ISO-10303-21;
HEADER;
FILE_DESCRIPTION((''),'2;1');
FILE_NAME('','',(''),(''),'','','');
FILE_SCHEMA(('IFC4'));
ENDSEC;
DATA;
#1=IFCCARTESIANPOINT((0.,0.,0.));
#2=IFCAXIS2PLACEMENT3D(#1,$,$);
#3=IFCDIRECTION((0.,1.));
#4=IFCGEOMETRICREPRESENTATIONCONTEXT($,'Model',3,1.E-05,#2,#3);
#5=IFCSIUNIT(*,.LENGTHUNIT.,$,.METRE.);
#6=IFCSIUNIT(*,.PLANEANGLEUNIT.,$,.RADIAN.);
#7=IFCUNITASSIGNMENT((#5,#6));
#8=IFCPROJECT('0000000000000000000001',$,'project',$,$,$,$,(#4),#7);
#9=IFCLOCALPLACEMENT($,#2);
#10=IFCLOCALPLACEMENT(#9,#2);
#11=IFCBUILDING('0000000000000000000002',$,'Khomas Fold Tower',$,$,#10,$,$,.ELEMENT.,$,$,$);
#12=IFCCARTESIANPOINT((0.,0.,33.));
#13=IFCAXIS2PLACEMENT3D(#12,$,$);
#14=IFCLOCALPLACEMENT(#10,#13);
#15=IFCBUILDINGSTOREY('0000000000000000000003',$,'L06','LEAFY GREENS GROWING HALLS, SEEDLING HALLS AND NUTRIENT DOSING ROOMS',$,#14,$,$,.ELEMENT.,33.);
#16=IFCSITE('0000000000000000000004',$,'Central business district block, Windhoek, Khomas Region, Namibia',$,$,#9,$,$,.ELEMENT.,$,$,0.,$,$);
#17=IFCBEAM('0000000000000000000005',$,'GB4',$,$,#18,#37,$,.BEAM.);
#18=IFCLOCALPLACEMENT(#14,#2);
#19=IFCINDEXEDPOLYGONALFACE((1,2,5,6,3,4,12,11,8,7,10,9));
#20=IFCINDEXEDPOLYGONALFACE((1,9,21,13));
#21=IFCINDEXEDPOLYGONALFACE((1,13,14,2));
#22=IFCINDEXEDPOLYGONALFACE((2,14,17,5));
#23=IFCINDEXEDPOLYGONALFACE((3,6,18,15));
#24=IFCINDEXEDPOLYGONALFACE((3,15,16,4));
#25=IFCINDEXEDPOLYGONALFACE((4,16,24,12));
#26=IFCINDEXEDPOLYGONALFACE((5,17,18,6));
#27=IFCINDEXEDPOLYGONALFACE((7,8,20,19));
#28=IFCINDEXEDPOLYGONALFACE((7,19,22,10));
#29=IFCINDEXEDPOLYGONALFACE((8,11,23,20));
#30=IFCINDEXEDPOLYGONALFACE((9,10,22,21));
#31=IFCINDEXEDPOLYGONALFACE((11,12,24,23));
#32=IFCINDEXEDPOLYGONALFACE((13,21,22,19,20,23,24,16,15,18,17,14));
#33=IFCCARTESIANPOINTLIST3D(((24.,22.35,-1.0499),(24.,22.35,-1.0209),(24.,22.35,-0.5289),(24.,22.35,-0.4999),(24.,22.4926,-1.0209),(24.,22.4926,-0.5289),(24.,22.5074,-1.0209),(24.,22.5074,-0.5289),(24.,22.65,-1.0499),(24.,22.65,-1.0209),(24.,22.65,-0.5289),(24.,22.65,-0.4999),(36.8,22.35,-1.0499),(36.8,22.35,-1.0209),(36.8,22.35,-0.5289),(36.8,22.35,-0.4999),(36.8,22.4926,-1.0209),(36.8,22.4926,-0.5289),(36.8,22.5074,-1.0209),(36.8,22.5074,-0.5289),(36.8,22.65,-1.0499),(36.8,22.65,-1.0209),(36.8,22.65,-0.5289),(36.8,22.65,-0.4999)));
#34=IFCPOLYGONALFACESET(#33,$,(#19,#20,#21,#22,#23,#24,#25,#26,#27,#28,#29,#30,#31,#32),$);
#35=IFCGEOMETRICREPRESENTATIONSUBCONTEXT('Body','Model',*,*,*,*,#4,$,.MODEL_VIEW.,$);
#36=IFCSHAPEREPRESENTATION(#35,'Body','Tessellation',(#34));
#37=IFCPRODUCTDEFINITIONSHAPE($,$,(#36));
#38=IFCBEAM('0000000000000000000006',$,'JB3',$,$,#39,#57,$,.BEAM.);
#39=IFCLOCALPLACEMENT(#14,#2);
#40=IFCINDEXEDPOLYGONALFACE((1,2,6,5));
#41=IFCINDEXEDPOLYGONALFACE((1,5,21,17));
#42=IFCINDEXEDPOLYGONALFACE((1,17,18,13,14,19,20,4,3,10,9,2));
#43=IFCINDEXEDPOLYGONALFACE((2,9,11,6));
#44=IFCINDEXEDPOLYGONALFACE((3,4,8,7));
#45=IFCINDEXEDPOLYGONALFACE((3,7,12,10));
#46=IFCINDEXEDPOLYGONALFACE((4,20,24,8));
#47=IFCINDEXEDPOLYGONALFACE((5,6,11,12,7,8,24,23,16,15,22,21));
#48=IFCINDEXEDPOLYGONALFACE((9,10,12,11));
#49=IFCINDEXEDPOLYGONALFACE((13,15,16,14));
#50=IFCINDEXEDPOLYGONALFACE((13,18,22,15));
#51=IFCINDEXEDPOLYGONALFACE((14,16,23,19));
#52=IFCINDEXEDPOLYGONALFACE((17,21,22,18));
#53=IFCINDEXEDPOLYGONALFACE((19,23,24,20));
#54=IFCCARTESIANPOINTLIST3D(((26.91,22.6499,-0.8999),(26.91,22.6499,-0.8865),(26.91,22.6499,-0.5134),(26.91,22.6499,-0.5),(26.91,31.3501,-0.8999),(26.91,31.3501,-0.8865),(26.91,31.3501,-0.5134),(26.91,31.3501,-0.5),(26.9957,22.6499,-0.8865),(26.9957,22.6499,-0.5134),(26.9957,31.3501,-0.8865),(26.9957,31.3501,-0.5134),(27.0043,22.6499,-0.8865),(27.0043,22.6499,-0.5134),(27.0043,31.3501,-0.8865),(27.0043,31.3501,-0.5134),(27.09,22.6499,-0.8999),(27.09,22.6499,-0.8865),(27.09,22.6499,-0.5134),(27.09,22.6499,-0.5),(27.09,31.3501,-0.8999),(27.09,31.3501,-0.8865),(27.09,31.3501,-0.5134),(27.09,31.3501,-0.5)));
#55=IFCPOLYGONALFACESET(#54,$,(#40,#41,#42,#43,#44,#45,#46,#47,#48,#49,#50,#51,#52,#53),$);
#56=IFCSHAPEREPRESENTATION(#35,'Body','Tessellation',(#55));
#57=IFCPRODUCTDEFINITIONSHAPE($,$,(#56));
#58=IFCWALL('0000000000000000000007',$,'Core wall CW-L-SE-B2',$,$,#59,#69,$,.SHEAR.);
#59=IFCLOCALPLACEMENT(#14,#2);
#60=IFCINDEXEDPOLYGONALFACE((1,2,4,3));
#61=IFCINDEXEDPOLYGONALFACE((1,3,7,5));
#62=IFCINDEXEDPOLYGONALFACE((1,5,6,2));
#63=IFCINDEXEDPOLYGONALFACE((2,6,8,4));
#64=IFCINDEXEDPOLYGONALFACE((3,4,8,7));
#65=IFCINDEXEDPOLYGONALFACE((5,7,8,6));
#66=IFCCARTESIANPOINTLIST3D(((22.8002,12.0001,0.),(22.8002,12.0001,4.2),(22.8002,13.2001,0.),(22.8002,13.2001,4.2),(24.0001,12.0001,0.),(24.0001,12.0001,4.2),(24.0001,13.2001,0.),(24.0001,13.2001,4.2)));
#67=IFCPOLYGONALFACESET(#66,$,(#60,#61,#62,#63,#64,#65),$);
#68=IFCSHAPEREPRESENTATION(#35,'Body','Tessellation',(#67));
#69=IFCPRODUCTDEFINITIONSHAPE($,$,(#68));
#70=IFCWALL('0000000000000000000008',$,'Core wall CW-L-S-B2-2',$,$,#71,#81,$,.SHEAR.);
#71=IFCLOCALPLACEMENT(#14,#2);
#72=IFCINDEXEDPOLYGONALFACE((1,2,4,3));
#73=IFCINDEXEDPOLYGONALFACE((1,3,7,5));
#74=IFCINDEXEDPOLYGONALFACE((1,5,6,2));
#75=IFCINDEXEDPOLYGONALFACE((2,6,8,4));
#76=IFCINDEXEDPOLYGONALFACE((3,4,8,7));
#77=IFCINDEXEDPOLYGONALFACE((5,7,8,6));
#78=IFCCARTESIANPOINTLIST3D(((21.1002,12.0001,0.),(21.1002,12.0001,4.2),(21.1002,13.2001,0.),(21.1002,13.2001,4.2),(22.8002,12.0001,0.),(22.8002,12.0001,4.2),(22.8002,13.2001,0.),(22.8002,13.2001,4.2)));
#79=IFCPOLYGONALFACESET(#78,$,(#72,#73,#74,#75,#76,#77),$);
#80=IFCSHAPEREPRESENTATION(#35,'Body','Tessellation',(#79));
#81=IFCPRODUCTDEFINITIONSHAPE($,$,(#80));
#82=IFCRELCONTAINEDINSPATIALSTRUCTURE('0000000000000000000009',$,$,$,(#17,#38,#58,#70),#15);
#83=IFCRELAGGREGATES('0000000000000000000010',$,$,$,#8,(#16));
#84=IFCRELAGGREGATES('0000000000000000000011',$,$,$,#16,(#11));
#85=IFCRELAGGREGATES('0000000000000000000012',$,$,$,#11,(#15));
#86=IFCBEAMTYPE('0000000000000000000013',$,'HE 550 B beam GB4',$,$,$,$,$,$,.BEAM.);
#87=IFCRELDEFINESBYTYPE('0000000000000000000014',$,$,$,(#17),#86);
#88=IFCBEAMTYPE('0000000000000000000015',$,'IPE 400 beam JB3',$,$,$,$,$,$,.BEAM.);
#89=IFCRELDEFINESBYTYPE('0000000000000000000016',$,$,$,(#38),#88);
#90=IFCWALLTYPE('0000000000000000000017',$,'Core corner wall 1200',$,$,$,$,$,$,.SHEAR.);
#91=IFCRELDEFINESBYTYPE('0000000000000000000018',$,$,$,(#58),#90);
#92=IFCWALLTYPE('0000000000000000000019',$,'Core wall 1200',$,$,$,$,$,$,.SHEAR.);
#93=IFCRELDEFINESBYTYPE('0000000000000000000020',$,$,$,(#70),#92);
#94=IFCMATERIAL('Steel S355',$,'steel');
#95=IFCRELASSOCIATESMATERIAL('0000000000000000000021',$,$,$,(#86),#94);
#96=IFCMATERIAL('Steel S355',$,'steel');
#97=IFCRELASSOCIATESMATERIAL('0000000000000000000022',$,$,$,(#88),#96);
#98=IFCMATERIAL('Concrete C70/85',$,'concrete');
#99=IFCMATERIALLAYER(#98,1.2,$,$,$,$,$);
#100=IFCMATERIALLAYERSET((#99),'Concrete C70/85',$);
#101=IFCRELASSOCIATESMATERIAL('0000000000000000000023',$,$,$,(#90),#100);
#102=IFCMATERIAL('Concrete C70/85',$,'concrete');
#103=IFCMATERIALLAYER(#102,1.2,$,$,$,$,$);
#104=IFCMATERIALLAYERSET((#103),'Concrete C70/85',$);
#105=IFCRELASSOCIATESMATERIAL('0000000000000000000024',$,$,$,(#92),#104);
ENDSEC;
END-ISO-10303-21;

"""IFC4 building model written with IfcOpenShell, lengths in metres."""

from ifc_helpers import new_model, si_unit, direction, frame, frame_2d, origin, origin_2d, place, context, subcontext, project, spatial, rectangle, i_section, extrude, source, transform, mapped, material, layer, layer_set, material_profile, profile_set, type_object, element, save


model = new_model("IFC4")

# Units and contexts
model_context = context("Model", 3, precision=1e-05, world=origin(), true_north=direction((0.0, 1.0)))
body_context = subcontext(model_context, "Body", "Model", "MODEL_VIEW")
ifc_project = project(units=[si_unit("LENGTHUNIT", "METRE"), si_unit("PLANEANGLEUNIT", "RADIAN")], contexts=[model_context])

# Site, building, storey
site_placement = place(None, origin())
site = spatial("IfcSite", under=ifc_project, at=site_placement, Name="Central business district block, Windhoek, Khomas Region, Namibia", CompositionType="ELEMENT", RefElevation=0.0)
building_placement = place(site_placement, origin())
building = spatial("IfcBuilding", under=site, at=building_placement, Name="Khomas Fold Tower", CompositionType="ELEMENT")
storey_placement = place(building_placement, frame((0.0, 0.0, 33.0)))
storey = spatial("IfcBuildingStorey", under=building, at=storey_placement, Name="L06", Description="LEAFY GREENS GROWING HALLS, SEEDLING HALLS AND NUTRIENT DOSING ROOMS", CompositionType="ELEMENT", Elevation=33.0)

# Beams
ifc_material_1 = material(Name="Steel S355", Category="steel")
ifc_material_profile_1 = material_profile(ifc_material_1, i_section(OverallWidth=0.3, OverallDepth=0.55, WebThickness=0.0149, FlangeThickness=0.0291, at=origin_2d()), Name="HE 550 B")
ifc_profile_set_1 = profile_set([ifc_material_profile_1], Name="Steel S355")
beam_type_1 = type_object("IfcBeamType", Name="HE 550 B beam GB4", PredefinedType="BEAM", material=ifc_profile_set_1)
shared_shape_1 = source(origin(), body_context, "Body", "SweptSolid", [
    extrude(i_section(OverallWidth=0.3, OverallDepth=0.55, WebThickness=0.0149, FlangeThickness=0.0291, at=origin_2d()), origin(), (0.0, 0.0, 1.0), 12.8),
])
beam_1_placement = place(storey_placement, frame((24.0, 22.5, -0.7749), z_axis=(1.0, 0.0, 0.0), x_axis=(0.0, 1.0, 0.0)))
element("IfcBeam", 1, at=beam_1_placement, inside=storey, type_object=beam_type_1, Name="GB4", PredefinedType="BEAM", context=body_context, shape_type="MappedRepresentation", body=[
    mapped(shared_shape_1, transform((0.0, 0.0, 0.0))),
])
ifc_material_2 = material(Name="Steel S355", Category="steel")
ifc_material_profile_2 = material_profile(ifc_material_2, i_section(OverallWidth=0.1799, OverallDepth=0.3999, WebThickness=0.0085, FlangeThickness=0.0134, at=origin_2d()), Name="IPE 400")
ifc_profile_set_2 = profile_set([ifc_material_profile_2], Name="Steel S355")
beam_type_2 = type_object("IfcBeamType", Name="IPE 400 beam JB3", PredefinedType="BEAM", material=ifc_profile_set_2)
shared_shape_2 = source(origin(), body_context, "Body", "SweptSolid", [
    extrude(i_section(OverallWidth=0.1799, OverallDepth=0.3999, WebThickness=0.0085, FlangeThickness=0.0134, at=origin_2d()), origin(), (0.0, 0.0, 1.0), 8.7002),
])
beam_2_placement = place(storey_placement, frame((27.0, 22.6499, -0.7), z_axis=(0.0, 1.0, 0.0), x_axis=(-1.0, 0.0, 0.0)))
element("IfcBeam", 2, at=beam_2_placement, inside=storey, type_object=beam_type_2, Name="JB3", PredefinedType="BEAM", context=body_context, shape_type="MappedRepresentation", body=[
    mapped(shared_shape_2, transform((0.0, 0.0, 0.0))),
])

# Walls
ifc_material_3 = material(Name="Concrete C70/85", Category="concrete")
ifc_layer_1 = layer(ifc_material_3, 1.2)
ifc_layer_set_1 = layer_set([ifc_layer_1], Name="Concrete C70/85")
wall_type_1 = type_object("IfcWallType", Name="Core corner wall 1200", PredefinedType="SHEAR", material=ifc_layer_set_1)
shared_shape_3 = source(origin(), body_context, "Body", "SweptSolid", [
    extrude(rectangle(XDim=1.2, YDim=1.2, at=frame_2d((0.6001, 0.0))), origin(), (0.0, 0.0, 1.0), 4.2),
])
wall_1_placement = place(storey_placement, frame((22.8, 12.6001, 0.0), z_axis=(0.0, 0.0, 1.0), x_axis=(1.0, 0.0, 0.0)))
element("IfcWall", 3, at=wall_1_placement, inside=storey, type_object=wall_type_1, Name="Core wall CW-L-SE-B2", PredefinedType="SHEAR", context=body_context, shape_type="MappedRepresentation", body=[
    mapped(shared_shape_3, transform((0.0, 0.0, 0.0))),
])
ifc_material_4 = material(Name="Concrete C70/85", Category="concrete")
ifc_layer_2 = layer(ifc_material_4, 1.2)
ifc_layer_set_2 = layer_set([ifc_layer_2], Name="Concrete C70/85")
wall_type_2 = type_object("IfcWallType", Name="Core wall 1200", PredefinedType="SHEAR", material=ifc_layer_set_2)
shared_shape_4 = source(origin(), body_context, "Body", "SweptSolid", [
    extrude(rectangle(XDim=1.7, YDim=1.2, at=frame_2d((0.8501, 0.0))), origin(), (0.0, 0.0, 1.0), 4.2),
])
wall_2_placement = place(storey_placement, frame((21.1001, 12.6001, 0.0), z_axis=(0.0, 0.0, 1.0), x_axis=(1.0, 0.0, 0.0)))
element("IfcWall", 4, at=wall_2_placement, inside=storey, type_object=wall_type_2, Name="Core wall CW-L-S-B2-2", PredefinedType="SHEAR", context=body_context, shape_type="MappedRepresentation", body=[
    mapped(shared_shape_4, transform((0.0, 0.0, 0.0))),
])

save(model, "model.ifc")
